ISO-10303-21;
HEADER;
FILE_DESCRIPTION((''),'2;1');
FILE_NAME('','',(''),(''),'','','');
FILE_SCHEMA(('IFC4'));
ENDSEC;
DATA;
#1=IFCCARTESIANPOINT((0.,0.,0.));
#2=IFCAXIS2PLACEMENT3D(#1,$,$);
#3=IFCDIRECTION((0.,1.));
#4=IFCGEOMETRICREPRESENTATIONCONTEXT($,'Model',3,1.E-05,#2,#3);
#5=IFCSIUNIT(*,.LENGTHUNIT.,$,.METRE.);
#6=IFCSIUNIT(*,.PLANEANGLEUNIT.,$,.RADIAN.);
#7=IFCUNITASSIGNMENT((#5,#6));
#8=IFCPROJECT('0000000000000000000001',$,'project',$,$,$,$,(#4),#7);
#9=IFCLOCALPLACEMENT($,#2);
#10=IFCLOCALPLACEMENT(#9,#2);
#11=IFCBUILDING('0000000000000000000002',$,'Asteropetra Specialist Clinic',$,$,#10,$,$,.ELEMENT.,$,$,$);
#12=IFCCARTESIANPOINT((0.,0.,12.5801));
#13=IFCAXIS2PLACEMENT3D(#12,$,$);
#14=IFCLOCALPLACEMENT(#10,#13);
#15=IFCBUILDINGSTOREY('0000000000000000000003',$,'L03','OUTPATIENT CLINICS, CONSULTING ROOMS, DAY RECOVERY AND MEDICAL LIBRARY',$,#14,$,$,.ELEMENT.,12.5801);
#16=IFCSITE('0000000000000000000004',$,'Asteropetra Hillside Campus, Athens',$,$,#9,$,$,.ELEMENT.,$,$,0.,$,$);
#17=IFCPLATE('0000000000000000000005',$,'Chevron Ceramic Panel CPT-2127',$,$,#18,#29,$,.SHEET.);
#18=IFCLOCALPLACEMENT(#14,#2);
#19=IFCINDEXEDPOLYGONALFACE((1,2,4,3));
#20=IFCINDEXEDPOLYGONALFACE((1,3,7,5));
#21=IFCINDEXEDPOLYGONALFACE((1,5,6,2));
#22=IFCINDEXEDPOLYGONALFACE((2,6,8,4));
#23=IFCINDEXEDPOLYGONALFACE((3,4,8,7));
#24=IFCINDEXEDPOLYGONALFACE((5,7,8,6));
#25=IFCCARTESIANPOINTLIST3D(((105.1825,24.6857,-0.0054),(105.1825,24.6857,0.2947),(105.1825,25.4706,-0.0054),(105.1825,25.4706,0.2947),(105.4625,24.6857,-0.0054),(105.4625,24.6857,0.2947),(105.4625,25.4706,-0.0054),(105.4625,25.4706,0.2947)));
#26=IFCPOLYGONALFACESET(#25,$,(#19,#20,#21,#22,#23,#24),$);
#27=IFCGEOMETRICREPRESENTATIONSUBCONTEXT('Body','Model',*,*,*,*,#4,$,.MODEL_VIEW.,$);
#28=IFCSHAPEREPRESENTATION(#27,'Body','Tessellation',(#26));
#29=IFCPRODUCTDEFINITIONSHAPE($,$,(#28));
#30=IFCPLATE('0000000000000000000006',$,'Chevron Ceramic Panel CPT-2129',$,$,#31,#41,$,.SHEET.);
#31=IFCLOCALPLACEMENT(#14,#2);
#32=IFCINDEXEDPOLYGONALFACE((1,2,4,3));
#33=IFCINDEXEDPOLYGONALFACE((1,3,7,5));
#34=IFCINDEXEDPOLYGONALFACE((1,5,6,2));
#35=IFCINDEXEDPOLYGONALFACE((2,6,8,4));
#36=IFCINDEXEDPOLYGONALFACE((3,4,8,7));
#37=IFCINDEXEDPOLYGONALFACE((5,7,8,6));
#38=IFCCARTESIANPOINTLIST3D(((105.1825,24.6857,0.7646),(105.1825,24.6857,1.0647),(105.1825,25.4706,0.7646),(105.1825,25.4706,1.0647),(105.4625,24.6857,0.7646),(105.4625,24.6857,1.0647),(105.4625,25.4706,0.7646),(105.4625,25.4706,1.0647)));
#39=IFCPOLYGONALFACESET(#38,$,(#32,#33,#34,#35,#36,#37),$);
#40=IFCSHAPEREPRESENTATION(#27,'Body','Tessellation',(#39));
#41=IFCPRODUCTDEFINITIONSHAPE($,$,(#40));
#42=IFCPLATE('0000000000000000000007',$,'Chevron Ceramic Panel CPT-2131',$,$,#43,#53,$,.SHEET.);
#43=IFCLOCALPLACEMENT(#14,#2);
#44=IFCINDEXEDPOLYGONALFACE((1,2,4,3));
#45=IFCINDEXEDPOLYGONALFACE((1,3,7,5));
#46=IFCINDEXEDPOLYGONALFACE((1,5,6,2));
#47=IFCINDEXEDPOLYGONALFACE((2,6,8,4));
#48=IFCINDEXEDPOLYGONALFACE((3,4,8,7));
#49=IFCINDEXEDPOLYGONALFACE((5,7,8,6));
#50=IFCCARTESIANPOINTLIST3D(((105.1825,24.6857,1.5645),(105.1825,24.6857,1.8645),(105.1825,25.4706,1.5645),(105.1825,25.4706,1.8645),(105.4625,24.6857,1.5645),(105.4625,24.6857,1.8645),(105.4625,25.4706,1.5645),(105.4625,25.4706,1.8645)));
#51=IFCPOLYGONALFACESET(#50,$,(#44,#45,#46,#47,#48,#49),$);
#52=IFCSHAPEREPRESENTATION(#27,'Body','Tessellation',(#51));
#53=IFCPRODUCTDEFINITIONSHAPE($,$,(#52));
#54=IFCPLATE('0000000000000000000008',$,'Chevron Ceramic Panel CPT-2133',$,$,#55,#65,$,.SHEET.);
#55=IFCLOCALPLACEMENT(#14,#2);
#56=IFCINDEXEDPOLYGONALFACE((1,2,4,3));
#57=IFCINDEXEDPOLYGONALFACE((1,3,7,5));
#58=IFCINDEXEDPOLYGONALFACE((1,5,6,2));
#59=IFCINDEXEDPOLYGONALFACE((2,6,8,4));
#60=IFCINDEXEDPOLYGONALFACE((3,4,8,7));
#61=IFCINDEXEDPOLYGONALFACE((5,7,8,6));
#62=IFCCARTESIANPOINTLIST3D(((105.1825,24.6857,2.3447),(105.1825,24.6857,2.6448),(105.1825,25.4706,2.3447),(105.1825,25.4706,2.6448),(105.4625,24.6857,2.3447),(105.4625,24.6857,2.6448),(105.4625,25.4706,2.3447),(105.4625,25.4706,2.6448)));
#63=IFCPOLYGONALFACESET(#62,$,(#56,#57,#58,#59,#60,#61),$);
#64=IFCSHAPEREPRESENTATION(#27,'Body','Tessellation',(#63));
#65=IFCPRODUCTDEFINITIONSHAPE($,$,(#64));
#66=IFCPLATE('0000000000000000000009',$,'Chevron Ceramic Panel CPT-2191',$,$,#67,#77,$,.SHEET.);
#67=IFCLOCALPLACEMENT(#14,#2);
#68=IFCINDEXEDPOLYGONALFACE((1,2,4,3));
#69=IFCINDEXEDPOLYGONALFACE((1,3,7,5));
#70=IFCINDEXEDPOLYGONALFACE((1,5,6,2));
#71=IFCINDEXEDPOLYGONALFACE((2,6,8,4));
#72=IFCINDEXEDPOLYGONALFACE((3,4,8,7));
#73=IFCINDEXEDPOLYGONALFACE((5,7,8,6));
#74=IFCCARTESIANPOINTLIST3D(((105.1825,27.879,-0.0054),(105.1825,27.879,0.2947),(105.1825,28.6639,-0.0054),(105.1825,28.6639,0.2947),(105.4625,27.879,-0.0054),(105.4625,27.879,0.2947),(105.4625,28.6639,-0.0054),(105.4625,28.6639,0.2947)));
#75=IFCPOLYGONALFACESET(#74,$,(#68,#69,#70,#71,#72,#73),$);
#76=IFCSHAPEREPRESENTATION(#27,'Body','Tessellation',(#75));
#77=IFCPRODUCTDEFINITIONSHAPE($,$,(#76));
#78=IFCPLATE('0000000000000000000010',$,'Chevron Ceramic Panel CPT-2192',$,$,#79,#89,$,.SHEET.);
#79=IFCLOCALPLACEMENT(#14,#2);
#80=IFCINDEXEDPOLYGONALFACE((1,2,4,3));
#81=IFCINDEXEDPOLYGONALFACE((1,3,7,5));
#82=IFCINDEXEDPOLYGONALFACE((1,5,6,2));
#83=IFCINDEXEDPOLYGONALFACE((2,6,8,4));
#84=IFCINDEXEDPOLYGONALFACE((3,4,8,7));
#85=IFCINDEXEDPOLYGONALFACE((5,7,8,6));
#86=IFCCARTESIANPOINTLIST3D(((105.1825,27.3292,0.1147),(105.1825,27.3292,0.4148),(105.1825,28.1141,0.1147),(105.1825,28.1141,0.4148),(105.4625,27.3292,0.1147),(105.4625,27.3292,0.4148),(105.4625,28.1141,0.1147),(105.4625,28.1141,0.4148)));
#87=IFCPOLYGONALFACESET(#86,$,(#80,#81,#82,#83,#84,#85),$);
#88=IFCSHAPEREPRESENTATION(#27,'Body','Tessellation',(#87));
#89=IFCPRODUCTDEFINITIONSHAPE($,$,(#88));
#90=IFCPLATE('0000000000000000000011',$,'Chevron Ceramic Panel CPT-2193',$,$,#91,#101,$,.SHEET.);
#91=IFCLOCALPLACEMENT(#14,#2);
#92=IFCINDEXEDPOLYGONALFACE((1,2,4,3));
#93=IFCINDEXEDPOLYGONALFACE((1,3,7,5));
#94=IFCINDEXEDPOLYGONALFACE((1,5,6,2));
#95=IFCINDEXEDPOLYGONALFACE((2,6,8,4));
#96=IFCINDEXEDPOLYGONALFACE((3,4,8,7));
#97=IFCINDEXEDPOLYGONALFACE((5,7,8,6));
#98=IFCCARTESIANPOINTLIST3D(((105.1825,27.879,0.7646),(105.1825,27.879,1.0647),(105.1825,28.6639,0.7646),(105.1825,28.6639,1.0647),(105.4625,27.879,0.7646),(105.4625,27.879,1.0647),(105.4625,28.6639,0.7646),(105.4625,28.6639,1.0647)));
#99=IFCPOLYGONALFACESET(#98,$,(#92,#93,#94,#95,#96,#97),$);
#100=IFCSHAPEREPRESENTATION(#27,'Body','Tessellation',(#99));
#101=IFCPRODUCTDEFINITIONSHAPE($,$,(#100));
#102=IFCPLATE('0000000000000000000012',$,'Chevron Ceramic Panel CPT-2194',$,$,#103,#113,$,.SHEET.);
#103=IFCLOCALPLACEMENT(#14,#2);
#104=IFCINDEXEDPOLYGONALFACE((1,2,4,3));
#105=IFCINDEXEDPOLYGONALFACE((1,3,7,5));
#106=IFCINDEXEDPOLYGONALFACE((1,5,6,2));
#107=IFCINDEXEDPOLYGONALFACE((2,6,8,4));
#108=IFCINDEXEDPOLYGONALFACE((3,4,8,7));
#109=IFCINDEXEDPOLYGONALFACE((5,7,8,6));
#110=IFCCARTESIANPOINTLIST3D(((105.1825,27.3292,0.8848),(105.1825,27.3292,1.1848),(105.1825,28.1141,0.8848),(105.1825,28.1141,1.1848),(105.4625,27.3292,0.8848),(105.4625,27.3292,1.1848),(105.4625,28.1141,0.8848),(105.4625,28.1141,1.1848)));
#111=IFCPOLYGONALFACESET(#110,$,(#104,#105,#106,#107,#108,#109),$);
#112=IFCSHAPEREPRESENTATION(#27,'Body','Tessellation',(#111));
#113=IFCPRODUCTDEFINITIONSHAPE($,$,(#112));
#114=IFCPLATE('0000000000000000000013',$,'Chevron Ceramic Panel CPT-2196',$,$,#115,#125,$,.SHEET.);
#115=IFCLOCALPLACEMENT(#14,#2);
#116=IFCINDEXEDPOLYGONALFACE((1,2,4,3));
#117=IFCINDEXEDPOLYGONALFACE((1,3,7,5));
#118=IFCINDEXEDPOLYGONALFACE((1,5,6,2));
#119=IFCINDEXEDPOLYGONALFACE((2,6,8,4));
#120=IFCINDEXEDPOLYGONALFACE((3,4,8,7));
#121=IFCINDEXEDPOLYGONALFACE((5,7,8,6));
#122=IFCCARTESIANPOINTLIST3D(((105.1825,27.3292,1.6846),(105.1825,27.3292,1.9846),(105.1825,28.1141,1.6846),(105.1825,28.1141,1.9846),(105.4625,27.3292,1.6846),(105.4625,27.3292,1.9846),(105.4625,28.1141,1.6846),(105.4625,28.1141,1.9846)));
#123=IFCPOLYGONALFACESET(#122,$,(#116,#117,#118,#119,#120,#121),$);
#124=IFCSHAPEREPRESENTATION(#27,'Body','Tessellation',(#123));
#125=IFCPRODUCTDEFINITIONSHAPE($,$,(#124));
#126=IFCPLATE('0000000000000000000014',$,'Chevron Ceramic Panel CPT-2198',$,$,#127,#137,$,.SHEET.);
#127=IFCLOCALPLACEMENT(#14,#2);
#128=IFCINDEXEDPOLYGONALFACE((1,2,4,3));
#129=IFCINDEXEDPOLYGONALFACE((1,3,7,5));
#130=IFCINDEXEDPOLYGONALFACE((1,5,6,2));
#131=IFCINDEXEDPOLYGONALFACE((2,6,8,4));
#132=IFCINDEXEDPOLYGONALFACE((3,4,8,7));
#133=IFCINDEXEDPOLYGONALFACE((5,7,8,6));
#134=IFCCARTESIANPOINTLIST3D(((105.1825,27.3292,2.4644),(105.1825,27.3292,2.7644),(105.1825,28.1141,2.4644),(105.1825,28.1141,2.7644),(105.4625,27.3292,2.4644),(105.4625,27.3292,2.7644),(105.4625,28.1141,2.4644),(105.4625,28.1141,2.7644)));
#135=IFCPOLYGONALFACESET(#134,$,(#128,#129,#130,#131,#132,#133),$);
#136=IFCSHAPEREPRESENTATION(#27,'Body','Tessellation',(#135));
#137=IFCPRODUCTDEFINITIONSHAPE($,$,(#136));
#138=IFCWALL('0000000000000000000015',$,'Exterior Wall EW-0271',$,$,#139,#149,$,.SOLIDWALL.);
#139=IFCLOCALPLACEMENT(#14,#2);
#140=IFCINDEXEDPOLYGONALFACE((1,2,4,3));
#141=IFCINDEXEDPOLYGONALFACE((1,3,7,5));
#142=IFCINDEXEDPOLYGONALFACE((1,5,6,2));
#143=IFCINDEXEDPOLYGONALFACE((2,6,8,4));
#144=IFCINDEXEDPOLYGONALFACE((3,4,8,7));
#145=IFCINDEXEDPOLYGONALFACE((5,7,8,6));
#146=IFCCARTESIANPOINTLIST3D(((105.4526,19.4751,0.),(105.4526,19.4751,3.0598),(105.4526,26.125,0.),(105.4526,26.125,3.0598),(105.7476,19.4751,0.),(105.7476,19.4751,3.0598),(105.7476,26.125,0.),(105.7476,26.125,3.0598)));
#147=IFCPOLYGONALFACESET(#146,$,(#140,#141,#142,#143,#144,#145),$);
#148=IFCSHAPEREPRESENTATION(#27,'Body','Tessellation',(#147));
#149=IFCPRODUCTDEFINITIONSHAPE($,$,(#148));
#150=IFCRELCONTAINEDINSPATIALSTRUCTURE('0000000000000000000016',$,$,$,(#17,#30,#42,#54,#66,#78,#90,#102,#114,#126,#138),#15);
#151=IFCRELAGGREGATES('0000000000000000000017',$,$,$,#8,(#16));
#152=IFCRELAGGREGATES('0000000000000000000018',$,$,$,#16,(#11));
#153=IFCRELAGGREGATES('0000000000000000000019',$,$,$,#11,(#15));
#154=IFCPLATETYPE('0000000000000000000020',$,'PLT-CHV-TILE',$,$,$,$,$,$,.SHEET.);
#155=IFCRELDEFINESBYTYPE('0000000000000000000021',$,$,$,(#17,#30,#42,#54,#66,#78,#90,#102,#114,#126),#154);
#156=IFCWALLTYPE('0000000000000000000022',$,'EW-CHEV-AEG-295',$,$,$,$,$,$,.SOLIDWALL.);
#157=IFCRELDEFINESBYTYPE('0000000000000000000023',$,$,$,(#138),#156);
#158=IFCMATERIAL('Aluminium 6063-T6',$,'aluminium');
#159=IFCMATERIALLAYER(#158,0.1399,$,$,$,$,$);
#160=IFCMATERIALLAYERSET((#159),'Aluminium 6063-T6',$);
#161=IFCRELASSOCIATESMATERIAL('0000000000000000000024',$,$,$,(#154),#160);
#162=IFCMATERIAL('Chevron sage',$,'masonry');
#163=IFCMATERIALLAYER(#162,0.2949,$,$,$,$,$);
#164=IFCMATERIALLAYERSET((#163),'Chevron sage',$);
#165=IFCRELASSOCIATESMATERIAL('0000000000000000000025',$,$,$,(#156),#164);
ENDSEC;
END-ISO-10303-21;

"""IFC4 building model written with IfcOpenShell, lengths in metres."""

from ifc_helpers import new_model, si_unit, direction, frame, frame_2d, origin, origin_2d, place, context, subcontext, project, spatial, rectangle, extrude, material, layer, layer_set, type_object, element, save


model = new_model("IFC4")

# Units and contexts
model_context = context("Model", 3, precision=1e-05, world=origin(), true_north=direction((0.0, 1.0)))
body_context = subcontext(model_context, "Body", "Model", "MODEL_VIEW")
ifc_project = project(units=[si_unit("LENGTHUNIT", "METRE"), si_unit("PLANEANGLEUNIT", "RADIAN")], contexts=[model_context])

# Site, building, storey
site_placement = place(None, origin())
site = spatial("IfcSite", under=ifc_project, at=site_placement, Name="Asteropetra Hillside Campus, Athens", CompositionType="ELEMENT", RefElevation=0.0)
building_placement = place(site_placement, origin())
building = spatial("IfcBuilding", under=site, at=building_placement, Name="Asteropetra Specialist Clinic", CompositionType="ELEMENT")
storey_placement = place(building_placement, frame((0.0, 0.0, 12.5801)))
storey = spatial("IfcBuildingStorey", under=building, at=storey_placement, Name="L03", Description="OUTPATIENT CLINICS, CONSULTING ROOMS, DAY RECOVERY AND MEDICAL LIBRARY", CompositionType="ELEMENT", Elevation=12.5801)

# Plates
ifc_material_1 = material(Name="Aluminium 6063-T6", Category="aluminium")
ifc_layer_1 = layer(ifc_material_1, 0.1399)
ifc_layer_set_1 = layer_set([ifc_layer_1], Name="Aluminium 6063-T6")
plate_type_1 = type_object("IfcPlateType", Name="PLT-CHV-TILE", PredefinedType="SHEET", material=ifc_layer_set_1)
for number, where, z_axis, x_axis, name in (
    (1, (105.3225, 25.0781, -0.0054), (0.0, 0.0, 1.0), (1.0, 0.0, 0.0), "Chevron Ceramic Panel CPT-2127"),
    (2, (105.3225, 25.0781, 0.7646), (0.0, 0.0, 1.0), (1.0, 0.0, 0.0), "Chevron Ceramic Panel CPT-2129"),
    (3, (105.3225, 25.0781, 1.5645), (0.0, 0.0, 1.0), (1.0, 0.0, 0.0), "Chevron Ceramic Panel CPT-2131"),
    (4, (105.3225, 25.0781, 2.3447), (0.0, 0.0, 1.0), (1.0, 0.0, 0.0), "Chevron Ceramic Panel CPT-2133"),
    (5, (105.3225, 28.2715, -0.0054), (0.0, 0.0, 1.0), (1.0, 0.0, 0.0), "Chevron Ceramic Panel CPT-2191"),
    (6, (105.3225, 27.7217, 0.1147), (0.0, 0.0, 1.0), (1.0, 0.0, 0.0), "Chevron Ceramic Panel CPT-2192"),
    (7, (105.3225, 28.2715, 0.7646), (0.0, 0.0, 1.0), (1.0, 0.0, 0.0), "Chevron Ceramic Panel CPT-2193"),
    (8, (105.3225, 27.7217, 0.8848), (0.0, 0.0, 1.0), (1.0, 0.0, 0.0), "Chevron Ceramic Panel CPT-2194"),
    (9, (105.3225, 27.7217, 1.6846), (0.0, 0.0, 1.0), (1.0, 0.0, 0.0), "Chevron Ceramic Panel CPT-2196"),
    (10, (105.3225, 27.7217, 2.4644), (0.0, 0.0, 1.0), (1.0, 0.0, 0.0), "Chevron Ceramic Panel CPT-2198"),
):
    element("IfcPlate", number, at=place(storey_placement, frame(where, z_axis=z_axis, x_axis=x_axis)), inside=storey, type_object=plate_type_1, Name=name, PredefinedType="SHEET", context=body_context, shape_type="SweptSolid", body=[
        extrude(rectangle(XDim=0.28, YDim=0.7849, at=origin_2d()), origin(), (0.0, 0.0, 1.0), 0.3),
    ])

# Wall
ifc_material_2 = material(Name="Chevron sage", Category="masonry")
ifc_layer_2 = layer(ifc_material_2, 0.2949)
ifc_layer_set_2 = layer_set([ifc_layer_2], Name="Chevron sage")
wall_type = type_object("IfcWallType", Name="EW-CHEV-AEG-295", PredefinedType="SOLIDWALL", material=ifc_layer_set_2)
wall_placement = place(storey_placement, frame((105.6001, 26.125, 0.0), z_axis=(0.0, 0.0, 1.0), x_axis=(0.0, -1.0, 0.0)))
element("IfcWall", 11, at=wall_placement, inside=storey, type_object=wall_type, Name="Exterior Wall EW-0271", PredefinedType="SOLIDWALL", context=body_context, shape_type="SweptSolid", body=[
    extrude(rectangle(XDim=6.6499, YDim=0.2949, at=frame_2d((3.325, 0.0))), origin(), (0.0, 0.0, 1.0), 3.0598),
])

save(model, "model.ifc")
